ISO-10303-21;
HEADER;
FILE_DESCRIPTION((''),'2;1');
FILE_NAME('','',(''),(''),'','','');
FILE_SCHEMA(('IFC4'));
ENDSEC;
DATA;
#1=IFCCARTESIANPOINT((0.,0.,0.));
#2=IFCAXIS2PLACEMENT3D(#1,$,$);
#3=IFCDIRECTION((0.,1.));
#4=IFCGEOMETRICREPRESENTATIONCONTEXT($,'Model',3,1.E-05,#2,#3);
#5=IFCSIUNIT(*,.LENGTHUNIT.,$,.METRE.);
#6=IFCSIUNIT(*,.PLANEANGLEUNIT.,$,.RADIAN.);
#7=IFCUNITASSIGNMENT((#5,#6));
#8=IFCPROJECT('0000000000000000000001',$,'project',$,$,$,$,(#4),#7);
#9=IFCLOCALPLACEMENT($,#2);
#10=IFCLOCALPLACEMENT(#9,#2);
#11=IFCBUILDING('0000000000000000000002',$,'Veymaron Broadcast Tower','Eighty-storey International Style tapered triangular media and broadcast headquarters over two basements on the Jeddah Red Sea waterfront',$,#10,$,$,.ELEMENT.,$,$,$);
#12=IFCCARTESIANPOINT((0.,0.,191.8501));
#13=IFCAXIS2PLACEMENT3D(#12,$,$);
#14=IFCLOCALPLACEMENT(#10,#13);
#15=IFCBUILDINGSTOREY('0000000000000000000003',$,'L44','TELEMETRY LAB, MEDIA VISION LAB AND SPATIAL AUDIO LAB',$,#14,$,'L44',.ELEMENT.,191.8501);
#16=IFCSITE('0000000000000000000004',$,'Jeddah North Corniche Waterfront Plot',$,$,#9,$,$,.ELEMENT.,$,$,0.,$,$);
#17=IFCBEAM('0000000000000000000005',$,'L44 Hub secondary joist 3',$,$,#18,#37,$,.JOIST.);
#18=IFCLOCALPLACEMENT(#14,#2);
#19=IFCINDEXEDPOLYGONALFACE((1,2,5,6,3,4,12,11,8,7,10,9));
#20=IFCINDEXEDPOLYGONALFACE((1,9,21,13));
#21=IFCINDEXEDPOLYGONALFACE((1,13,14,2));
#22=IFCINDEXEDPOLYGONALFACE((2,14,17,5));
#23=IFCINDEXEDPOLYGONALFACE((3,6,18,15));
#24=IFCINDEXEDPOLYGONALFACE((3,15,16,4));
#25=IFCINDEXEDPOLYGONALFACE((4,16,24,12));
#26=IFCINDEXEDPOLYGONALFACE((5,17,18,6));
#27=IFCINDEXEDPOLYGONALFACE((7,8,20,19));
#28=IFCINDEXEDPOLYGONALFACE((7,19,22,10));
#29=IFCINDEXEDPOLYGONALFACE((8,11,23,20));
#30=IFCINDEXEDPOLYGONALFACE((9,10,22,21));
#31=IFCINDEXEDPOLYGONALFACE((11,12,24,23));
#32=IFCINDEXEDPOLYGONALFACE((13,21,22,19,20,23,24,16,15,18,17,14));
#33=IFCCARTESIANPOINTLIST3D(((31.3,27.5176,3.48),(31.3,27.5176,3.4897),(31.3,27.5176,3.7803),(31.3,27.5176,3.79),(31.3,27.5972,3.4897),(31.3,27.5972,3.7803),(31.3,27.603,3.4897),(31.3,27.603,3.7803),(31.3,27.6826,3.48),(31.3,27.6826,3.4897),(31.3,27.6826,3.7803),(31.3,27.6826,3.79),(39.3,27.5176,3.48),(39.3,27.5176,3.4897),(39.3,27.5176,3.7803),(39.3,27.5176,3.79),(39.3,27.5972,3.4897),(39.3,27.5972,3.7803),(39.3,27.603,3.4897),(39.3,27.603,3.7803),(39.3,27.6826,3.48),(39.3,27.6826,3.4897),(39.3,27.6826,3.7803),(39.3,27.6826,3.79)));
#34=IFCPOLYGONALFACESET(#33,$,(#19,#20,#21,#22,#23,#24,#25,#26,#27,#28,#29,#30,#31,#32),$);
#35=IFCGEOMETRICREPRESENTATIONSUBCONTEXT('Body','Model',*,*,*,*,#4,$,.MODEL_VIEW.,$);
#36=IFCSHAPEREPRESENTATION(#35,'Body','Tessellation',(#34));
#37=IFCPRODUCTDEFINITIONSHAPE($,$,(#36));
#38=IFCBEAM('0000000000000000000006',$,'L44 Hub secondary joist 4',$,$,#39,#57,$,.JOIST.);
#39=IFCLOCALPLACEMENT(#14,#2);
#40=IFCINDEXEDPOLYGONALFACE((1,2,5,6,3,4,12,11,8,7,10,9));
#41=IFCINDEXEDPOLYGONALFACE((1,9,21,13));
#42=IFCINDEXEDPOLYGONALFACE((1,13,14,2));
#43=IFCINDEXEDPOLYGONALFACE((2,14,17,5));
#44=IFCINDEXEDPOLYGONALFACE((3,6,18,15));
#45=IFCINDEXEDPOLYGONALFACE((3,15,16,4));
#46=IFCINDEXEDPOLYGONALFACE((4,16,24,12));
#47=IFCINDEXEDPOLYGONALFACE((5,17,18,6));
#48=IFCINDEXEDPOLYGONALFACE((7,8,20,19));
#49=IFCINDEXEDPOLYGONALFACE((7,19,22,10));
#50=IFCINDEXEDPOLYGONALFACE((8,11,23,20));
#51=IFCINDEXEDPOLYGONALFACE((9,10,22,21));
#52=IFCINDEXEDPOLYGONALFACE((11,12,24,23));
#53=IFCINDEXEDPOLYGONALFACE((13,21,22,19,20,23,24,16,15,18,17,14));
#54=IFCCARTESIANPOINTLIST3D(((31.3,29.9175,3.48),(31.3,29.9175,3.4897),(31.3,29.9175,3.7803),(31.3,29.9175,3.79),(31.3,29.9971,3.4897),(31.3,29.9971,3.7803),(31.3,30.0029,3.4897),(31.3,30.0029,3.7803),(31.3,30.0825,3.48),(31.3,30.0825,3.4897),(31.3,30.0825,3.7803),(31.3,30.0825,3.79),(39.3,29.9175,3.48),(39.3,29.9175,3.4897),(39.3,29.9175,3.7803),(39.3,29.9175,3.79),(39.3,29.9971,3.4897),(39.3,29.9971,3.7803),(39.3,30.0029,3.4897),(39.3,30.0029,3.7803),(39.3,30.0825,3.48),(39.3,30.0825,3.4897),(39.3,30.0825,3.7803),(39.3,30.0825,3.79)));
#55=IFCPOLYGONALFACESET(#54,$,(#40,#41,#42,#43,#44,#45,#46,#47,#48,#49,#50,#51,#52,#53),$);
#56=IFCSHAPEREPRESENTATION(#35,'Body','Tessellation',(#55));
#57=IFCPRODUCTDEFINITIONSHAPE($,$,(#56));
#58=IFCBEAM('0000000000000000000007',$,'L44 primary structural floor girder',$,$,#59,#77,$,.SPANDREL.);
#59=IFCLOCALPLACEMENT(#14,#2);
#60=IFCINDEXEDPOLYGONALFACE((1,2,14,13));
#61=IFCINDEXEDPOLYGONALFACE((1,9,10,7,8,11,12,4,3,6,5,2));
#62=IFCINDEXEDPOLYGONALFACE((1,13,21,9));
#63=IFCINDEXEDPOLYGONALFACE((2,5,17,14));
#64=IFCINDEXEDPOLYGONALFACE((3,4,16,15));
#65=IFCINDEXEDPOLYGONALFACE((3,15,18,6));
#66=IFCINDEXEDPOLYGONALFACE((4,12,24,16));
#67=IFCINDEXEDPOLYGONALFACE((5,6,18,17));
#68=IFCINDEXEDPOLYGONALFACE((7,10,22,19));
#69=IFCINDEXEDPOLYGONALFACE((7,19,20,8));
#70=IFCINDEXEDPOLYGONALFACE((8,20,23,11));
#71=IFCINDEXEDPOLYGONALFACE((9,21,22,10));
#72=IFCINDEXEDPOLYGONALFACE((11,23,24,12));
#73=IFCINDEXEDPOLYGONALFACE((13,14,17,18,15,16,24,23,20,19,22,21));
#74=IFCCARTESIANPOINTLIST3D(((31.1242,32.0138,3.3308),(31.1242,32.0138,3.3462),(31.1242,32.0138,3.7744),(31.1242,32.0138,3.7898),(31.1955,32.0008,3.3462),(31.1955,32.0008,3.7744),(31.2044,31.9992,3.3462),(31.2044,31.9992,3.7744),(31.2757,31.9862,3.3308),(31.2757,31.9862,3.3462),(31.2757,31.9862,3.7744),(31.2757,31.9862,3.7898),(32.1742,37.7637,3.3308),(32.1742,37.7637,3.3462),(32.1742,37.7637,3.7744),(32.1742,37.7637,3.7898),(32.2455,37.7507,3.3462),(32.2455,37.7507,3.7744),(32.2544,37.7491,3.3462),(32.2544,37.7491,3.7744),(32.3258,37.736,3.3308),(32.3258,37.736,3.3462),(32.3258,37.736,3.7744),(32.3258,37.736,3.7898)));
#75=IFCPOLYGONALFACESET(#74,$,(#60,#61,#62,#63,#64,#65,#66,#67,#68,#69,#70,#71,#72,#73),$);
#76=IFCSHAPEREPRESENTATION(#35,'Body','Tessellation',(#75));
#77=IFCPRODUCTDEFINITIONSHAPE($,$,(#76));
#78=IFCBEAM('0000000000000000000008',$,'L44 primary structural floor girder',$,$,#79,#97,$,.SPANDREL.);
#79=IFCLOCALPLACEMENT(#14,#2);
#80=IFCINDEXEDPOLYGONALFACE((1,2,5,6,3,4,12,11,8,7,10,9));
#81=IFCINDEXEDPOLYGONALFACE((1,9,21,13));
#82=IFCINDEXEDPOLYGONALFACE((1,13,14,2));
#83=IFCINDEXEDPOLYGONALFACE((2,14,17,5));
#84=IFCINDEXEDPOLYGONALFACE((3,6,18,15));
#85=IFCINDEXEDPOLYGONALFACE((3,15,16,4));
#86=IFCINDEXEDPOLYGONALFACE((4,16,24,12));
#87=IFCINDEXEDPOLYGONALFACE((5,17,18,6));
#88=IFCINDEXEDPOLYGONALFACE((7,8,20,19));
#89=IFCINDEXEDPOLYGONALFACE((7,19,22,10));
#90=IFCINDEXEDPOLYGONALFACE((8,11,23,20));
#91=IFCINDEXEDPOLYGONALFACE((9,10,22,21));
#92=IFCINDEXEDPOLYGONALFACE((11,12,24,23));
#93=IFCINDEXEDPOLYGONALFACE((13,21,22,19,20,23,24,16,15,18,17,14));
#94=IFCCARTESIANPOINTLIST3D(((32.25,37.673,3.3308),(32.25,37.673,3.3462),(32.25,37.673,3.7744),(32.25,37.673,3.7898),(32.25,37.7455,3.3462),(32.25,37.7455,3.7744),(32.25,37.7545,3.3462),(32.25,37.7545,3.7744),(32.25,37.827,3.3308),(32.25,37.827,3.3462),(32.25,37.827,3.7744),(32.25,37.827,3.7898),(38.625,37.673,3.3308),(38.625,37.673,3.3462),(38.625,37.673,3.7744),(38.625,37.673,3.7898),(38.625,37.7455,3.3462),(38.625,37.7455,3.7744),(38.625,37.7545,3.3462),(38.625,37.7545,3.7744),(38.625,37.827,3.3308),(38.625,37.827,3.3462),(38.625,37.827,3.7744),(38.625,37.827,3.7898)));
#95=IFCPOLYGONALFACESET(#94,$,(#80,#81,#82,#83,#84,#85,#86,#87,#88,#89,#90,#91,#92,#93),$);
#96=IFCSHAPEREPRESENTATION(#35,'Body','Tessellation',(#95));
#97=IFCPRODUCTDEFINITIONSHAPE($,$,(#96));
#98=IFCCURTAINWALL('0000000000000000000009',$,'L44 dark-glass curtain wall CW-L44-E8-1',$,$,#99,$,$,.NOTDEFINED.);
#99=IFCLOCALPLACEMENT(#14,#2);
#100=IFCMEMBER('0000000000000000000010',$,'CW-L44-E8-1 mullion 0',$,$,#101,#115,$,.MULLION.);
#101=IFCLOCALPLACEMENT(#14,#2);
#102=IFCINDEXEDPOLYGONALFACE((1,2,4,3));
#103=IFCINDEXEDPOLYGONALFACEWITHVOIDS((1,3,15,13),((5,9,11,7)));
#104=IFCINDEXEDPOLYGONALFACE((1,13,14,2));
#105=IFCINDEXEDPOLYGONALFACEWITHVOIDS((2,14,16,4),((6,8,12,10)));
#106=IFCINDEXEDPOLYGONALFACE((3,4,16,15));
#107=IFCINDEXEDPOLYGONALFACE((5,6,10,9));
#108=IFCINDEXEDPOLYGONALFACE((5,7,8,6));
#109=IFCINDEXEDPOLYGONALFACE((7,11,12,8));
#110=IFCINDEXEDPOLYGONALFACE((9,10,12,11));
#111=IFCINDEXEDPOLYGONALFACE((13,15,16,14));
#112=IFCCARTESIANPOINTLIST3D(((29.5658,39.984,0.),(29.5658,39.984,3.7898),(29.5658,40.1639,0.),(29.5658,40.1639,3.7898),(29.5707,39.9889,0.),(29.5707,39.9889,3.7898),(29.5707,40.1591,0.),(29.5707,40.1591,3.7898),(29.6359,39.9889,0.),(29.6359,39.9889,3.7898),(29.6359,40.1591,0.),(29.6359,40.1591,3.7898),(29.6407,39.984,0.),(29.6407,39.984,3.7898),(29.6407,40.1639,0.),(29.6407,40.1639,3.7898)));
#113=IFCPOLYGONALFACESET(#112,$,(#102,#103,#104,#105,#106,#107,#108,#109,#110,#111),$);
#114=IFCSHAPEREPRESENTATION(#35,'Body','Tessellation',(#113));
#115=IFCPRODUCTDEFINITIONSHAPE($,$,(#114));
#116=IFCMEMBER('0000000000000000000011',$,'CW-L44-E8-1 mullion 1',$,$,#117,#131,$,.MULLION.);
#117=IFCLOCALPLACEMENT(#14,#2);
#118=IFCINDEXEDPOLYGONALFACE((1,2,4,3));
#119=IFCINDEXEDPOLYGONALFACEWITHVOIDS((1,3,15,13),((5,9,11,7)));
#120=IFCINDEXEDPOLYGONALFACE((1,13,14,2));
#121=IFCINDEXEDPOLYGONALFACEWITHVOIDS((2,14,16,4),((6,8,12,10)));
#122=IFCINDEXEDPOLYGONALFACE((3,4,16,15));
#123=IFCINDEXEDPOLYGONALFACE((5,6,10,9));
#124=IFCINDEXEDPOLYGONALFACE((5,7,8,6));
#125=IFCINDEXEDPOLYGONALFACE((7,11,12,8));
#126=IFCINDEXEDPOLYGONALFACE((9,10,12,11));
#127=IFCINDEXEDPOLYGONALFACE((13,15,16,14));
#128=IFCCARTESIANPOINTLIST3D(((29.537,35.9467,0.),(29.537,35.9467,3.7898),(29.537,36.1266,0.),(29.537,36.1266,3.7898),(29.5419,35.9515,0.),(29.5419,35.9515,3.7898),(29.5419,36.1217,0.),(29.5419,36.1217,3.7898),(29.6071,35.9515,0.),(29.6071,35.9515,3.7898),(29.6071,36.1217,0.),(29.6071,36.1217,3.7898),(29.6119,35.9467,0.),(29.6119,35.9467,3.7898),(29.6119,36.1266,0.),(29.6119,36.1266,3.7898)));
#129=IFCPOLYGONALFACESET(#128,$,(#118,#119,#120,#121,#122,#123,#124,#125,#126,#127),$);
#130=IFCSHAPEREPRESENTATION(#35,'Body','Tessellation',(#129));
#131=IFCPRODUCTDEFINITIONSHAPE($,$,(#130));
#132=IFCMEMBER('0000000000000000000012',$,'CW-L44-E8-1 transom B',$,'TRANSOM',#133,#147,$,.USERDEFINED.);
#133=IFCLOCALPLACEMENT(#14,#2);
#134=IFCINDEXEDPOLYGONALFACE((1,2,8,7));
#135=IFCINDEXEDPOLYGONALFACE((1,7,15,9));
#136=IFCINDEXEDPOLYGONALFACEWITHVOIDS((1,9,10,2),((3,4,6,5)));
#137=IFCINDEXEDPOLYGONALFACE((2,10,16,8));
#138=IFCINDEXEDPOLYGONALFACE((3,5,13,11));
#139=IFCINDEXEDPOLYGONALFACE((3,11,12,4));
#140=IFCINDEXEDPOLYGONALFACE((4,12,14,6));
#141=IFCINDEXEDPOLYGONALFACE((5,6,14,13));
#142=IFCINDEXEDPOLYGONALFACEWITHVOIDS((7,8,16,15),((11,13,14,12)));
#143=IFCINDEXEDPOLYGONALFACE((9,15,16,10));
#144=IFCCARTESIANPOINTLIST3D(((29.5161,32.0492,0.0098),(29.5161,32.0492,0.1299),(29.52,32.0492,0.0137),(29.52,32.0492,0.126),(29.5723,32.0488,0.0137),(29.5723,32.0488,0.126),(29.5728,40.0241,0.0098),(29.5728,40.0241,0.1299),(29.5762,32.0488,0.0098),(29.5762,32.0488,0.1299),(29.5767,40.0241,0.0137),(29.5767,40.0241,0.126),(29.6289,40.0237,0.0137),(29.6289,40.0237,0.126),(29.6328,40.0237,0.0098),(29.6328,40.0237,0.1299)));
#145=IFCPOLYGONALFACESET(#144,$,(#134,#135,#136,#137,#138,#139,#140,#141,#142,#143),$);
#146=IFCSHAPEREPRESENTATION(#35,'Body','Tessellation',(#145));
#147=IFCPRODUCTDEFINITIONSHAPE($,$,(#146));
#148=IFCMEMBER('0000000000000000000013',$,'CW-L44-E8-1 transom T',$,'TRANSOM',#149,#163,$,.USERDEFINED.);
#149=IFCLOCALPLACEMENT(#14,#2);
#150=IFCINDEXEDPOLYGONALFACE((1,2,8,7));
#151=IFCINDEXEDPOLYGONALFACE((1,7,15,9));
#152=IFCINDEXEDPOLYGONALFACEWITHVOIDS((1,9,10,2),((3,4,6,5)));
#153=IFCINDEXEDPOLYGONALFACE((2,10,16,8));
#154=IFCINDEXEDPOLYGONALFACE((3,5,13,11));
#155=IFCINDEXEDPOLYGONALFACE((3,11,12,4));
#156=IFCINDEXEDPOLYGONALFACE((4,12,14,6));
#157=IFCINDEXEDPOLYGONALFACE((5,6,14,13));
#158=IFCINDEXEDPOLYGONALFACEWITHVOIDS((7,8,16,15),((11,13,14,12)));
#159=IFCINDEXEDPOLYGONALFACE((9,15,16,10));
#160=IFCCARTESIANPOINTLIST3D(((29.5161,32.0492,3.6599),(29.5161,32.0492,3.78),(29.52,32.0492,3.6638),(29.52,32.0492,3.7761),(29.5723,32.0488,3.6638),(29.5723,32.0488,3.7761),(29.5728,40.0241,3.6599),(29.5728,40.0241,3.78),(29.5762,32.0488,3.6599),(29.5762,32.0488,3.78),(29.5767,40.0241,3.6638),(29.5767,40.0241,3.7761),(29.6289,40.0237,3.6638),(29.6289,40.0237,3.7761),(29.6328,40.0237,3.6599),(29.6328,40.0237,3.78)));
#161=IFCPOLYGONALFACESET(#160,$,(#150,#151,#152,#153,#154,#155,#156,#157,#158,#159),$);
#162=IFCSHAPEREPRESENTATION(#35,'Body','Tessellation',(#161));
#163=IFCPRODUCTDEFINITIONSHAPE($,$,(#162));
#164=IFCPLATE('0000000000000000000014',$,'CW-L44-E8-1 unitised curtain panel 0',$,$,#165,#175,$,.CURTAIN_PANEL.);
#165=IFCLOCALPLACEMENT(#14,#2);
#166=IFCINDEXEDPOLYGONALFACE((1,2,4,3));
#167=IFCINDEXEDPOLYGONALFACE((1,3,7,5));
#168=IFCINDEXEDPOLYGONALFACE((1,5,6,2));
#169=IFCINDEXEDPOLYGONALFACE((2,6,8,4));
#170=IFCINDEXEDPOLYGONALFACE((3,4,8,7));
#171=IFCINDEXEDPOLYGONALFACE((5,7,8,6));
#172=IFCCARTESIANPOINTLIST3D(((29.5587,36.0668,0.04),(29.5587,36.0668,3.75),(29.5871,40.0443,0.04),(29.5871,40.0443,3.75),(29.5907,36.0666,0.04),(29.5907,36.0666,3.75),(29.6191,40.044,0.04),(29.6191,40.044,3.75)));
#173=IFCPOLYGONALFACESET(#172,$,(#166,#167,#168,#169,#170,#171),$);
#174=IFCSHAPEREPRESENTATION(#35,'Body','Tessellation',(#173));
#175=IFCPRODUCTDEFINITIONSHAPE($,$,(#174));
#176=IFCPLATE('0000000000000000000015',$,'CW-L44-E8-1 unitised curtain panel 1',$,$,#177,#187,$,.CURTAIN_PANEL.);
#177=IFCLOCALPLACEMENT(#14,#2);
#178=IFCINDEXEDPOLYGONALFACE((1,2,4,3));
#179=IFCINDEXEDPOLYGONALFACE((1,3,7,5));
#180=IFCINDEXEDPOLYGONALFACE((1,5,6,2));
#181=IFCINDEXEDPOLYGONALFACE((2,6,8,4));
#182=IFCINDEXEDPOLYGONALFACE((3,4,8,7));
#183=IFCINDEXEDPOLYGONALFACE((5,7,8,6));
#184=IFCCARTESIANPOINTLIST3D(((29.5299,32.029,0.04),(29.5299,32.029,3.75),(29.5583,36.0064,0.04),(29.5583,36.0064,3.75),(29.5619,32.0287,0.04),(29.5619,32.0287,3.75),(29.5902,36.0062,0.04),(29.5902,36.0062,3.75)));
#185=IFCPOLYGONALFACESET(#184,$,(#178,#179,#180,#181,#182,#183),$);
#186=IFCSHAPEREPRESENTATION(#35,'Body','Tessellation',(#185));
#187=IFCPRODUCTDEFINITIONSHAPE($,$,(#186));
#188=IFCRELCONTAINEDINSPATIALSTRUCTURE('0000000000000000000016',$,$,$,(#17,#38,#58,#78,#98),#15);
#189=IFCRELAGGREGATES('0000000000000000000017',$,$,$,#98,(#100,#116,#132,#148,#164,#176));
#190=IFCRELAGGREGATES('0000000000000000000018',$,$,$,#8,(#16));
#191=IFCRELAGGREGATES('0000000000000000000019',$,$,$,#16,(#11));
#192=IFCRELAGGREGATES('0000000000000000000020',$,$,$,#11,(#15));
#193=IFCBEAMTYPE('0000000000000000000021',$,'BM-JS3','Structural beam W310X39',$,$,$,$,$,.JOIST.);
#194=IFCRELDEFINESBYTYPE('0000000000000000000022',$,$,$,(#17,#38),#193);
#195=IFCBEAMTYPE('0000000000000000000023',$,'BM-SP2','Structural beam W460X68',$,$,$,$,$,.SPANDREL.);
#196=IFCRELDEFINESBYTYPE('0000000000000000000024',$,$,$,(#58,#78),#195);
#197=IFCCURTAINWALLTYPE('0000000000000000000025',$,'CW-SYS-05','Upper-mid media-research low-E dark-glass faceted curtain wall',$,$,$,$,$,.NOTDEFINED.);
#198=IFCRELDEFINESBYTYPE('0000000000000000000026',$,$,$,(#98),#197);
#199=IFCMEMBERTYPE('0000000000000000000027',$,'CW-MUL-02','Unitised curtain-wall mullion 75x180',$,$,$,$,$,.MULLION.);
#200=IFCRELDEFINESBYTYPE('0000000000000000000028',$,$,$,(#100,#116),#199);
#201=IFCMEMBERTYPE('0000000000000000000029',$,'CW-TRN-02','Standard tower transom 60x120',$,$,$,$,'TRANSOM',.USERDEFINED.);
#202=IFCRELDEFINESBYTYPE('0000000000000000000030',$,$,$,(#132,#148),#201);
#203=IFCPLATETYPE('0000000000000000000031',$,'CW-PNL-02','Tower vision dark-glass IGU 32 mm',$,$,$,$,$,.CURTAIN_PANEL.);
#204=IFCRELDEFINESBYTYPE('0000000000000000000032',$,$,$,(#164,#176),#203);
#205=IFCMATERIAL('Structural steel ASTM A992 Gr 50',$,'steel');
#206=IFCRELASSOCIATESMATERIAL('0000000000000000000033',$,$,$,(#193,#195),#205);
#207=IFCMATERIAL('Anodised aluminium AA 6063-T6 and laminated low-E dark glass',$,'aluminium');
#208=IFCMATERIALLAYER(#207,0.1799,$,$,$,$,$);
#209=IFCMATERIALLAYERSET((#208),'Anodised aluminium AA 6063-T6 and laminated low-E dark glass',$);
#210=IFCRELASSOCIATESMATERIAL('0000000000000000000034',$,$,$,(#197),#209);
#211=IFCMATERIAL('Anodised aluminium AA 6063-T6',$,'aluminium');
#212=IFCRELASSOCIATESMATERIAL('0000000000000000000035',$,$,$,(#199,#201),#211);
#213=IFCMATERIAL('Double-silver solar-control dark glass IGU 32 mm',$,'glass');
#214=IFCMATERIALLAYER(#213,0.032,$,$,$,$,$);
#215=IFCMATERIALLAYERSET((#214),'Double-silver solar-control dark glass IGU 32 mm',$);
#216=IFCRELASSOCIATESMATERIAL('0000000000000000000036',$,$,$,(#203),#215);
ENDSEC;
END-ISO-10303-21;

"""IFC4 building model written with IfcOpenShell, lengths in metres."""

from ifc_helpers import new_model, si_unit, direction, frame, origin, origin_2d, place, context, subcontext, project, spatial, rectangle, hollow_rectangle, i_section, extrude, material, layer, layer_set, material_profile, profile_set, type_object, element, aggregate, save


model = new_model("IFC4")

# Units and contexts
model_context = context("Model", 3, precision=1e-05, world=origin(), true_north=direction((0.0, 1.0)))
body_context = subcontext(model_context, "Body", "Model", "MODEL_VIEW")
ifc_project = project(units=[si_unit("LENGTHUNIT", "METRE"), si_unit("PLANEANGLEUNIT", "RADIAN")], contexts=[model_context])

# Site, building, storey
site_placement = place(None, origin())
site = spatial("IfcSite", under=ifc_project, at=site_placement, Name="Jeddah North Corniche Waterfront Plot", CompositionType="ELEMENT", RefElevation=0.0)
building_placement = place(site_placement, origin())
building = spatial("IfcBuilding", under=site, at=building_placement, Name="Veymaron Broadcast Tower", Description="Eighty-storey International Style tapered triangular media and broadcast headquarters over two basements on the Jeddah Red Sea waterfront", CompositionType="ELEMENT")
storey_placement = place(building_placement, frame((0.0, 0.0, 191.8501)))
storey = spatial("IfcBuildingStorey", under=building, at=storey_placement, Name="L44", Description="TELEMETRY LAB, MEDIA VISION LAB AND SPATIAL AUDIO LAB", LongName="L44", CompositionType="ELEMENT", Elevation=191.8501)

# Shared definitions
ifc_material_1 = material(Name="Structural steel ASTM A992 Gr 50", Category="steel")

# Beams
ifc_material_profile_1 = material_profile(ifc_material_1, i_section(OverallWidth=0.165, OverallDepth=0.3101, WebThickness=0.0059, FlangeThickness=0.0098, at=origin_2d()), Name="W310X39")
ifc_profile_set_1 = profile_set([ifc_material_profile_1], Name="Structural steel ASTM A992 Gr 50")
beam_type_1 = type_object("IfcBeamType", Name="BM-JS3", Description="Structural beam W310X39", PredefinedType="JOIST", material=ifc_profile_set_1)
for number, where, z_axis, x_axis, name in (
    (1, (31.3, 27.6001, 3.635), (1.0, 0.0, 0.0), (0.0, 1.0, 0.0), "L44 Hub secondary joist 3"),
    (2, (31.3, 30.0, 3.635), (1.0, 0.0, 0.0), (0.0, 1.0, 0.0), "L44 Hub secondary joist 4"),
):
    element("IfcBeam", number, at=place(storey_placement, frame(where, z_axis=z_axis, x_axis=x_axis)), inside=storey, type_object=beam_type_1, Name=name, PredefinedType="JOIST", context=body_context, shape_type="SweptSolid", body=[
        extrude(i_section(OverallWidth=0.165, OverallDepth=0.3101, WebThickness=0.0059, FlangeThickness=0.0098, at=origin_2d()), origin(), (0.0, 0.0, 1.0), 8.0),
    ])
ifc_material_profile_2 = material_profile(ifc_material_1, i_section(OverallWidth=0.1541, OverallDepth=0.459, WebThickness=0.009, FlangeThickness=0.0154, at=origin_2d()), Name="W460X68")
ifc_profile_set_2 = profile_set([ifc_material_profile_2], Name="Structural steel ASTM A992 Gr 50")
beam_type_2 = type_object("IfcBeamType", Name="BM-SP2", Description="Structural beam W460X68", PredefinedType="SPANDREL", material=ifc_profile_set_2)
beam_1_placement = place(storey_placement, frame((31.2, 32.0, 3.5603), z_axis=(0.179646, 0.983731, 0.0), x_axis=(-0.983731, 0.179646, 0.0)))
element("IfcBeam", 3, at=beam_1_placement, inside=storey, type_object=beam_type_2, Name="L44 primary structural floor girder", PredefinedType="SPANDREL", context=body_context, shape_type="SweptSolid", body=[
    extrude(i_section(OverallWidth=0.1541, OverallDepth=0.459, WebThickness=0.009, FlangeThickness=0.0154, at=origin_2d()), origin(), (0.0, 0.0, 1.0), 5.845),
])
beam_2_placement = place(storey_placement, frame((32.25, 37.75, 3.5603), z_axis=(1.0, 0.0, 0.0), x_axis=(0.0, 1.0, 0.0)))
element("IfcBeam", 4, at=beam_2_placement, inside=storey, type_object=beam_type_2, Name="L44 primary structural floor girder", PredefinedType="SPANDREL", context=body_context, shape_type="SweptSolid", body=[
    extrude(i_section(OverallWidth=0.1541, OverallDepth=0.459, WebThickness=0.009, FlangeThickness=0.0154, at=origin_2d()), origin(), (0.0, 0.0, 1.0), 6.375),
])

# Curtain wall, members, plates
ifc_material_2 = material(Name="Anodised aluminium AA 6063-T6 and laminated low-E dark glass", Category="aluminium")
ifc_layer_1 = layer(ifc_material_2, 0.1799)
ifc_layer_set_1 = layer_set([ifc_layer_1], Name="Anodised aluminium AA 6063-T6 and laminated low-E dark glass")
curtain_wall_type = type_object("IfcCurtainWallType", Name="CW-SYS-05", Description="Upper-mid media-research low-E dark-glass faceted curtain wall", PredefinedType="NOTDEFINED", material=ifc_layer_set_1)
curtain_wall_placement = place(storey_placement, origin())
curtain_wall = element("IfcCurtainWall", 5, at=curtain_wall_placement, inside=storey, type_object=curtain_wall_type, Name="L44 dark-glass curtain wall CW-L44-E8-1", PredefinedType="NOTDEFINED")
ifc_material_3 = material(Name="Anodised aluminium AA 6063-T6", Category="aluminium")
ifc_material_profile_3 = material_profile(ifc_material_3, hollow_rectangle(XDim=0.075, YDim=0.1799, WallThickness=0.0049, at=origin_2d()), Name="AL180X75X5")
ifc_profile_set_3 = profile_set([ifc_material_profile_3], Name="Anodised aluminium AA 6063-T6")
member_type_1 = type_object("IfcMemberType", Name="CW-MUL-02", Description="Unitised curtain-wall mullion 75x180", PredefinedType="MULLION", material=ifc_profile_set_3)
member_1_placement = place(storey_placement, frame((29.6033, 40.074, 0.0), z_axis=(0.0, 0.0, 1.0), x_axis=(1.0, 0.0, 0.0)))
member_1 = element("IfcMember", 6, at=member_1_placement, type_object=member_type_1, Name="CW-L44-E8-1 mullion 0", PredefinedType="MULLION", context=body_context, shape_type="SweptSolid", body=[
    extrude(hollow_rectangle(XDim=0.075, YDim=0.1799, WallThickness=0.0049, at=origin_2d()), origin(), (0.0, 0.0, 1.0), 3.7898),
])
member_2_placement = place(storey_placement, frame((29.5745, 36.0366, 0.0), z_axis=(0.0, 0.0, 1.0), x_axis=(1.0, 0.0, 0.0)))
member_2 = element("IfcMember", 7, at=member_2_placement, type_object=member_type_1, Name="CW-L44-E8-1 mullion 1", PredefinedType="MULLION", context=body_context, shape_type="SweptSolid", body=[
    extrude(hollow_rectangle(XDim=0.075, YDim=0.1799, WallThickness=0.0049, at=origin_2d()), origin(), (0.0, 0.0, 1.0), 3.7898),
])
ifc_material_profile_4 = material_profile(ifc_material_3, hollow_rectangle(XDim=0.0601, YDim=0.1201, WallThickness=0.0039, at=origin_2d()), Name="AL120X60X4")
ifc_profile_set_4 = profile_set([ifc_material_profile_4], Name="Anodised aluminium AA 6063-T6")
member_type_2 = type_object("IfcMemberType", Name="CW-TRN-02", Description="Standard tower transom 60x120", ElementType="TRANSOM", PredefinedType="USERDEFINED", material=ifc_profile_set_4)
member_3_placement = place(storey_placement, frame((29.6028, 40.0239, 0.0698), z_axis=(-0.007102, -0.999975, 0.0), x_axis=(0.999975, -0.007102, 0.0)))
member_3 = element("IfcMember", 8, at=member_3_placement, type_object=member_type_2, Name="CW-L44-E8-1 transom B", ObjectType="TRANSOM", PredefinedType="USERDEFINED", context=body_context, shape_type="SweptSolid", body=[
    extrude(hollow_rectangle(XDim=0.0601, YDim=0.1201, WallThickness=0.0039, at=origin_2d()), origin(), (0.0, 0.0, 1.0), 7.9751),
])
member_4_placement = place(storey_placement, frame((29.6028, 40.0239, 3.72), z_axis=(-0.007102, -0.999975, 0.0), x_axis=(0.999975, -0.007102, 0.0)))
member_4 = element("IfcMember", 9, at=member_4_placement, type_object=member_type_2, Name="CW-L44-E8-1 transom T", ObjectType="TRANSOM", PredefinedType="USERDEFINED", context=body_context, shape_type="SweptSolid", body=[
    extrude(hollow_rectangle(XDim=0.0601, YDim=0.1201, WallThickness=0.0039, at=origin_2d()), origin(), (0.0, 0.0, 1.0), 7.9751),
])
ifc_material_4 = material(Name="Double-silver solar-control dark glass IGU 32 mm", Category="glass")
ifc_layer_2 = layer(ifc_material_4, 0.032)
ifc_layer_set_2 = layer_set([ifc_layer_2], Name="Double-silver solar-control dark glass IGU 32 mm")
plate_type = type_object("IfcPlateType", Name="CW-PNL-02", Description="Tower vision dark-glass IGU 32 mm", PredefinedType="CURTAIN_PANEL", material=ifc_layer_set_2)
plate_1_placement = place(storey_placement, frame((29.5889, 38.0554, 0.04), z_axis=(0.0, 0.0, 1.0), x_axis=(-0.007138, -0.999975, 0.0)))
plate_1 = element("IfcPlate", 10, at=plate_1_placement, type_object=plate_type, Name="CW-L44-E8-1 unitised curtain panel 0", PredefinedType="CURTAIN_PANEL", context=body_context, shape_type="SweptSolid", body=[
    extrude(rectangle(XDim=3.9775, YDim=0.032, at=origin_2d()), origin(), (0.0, 0.0, 1.0), 3.71),
])
plate_2_placement = place(storey_placement, frame((29.5601, 34.0176, 0.04), z_axis=(0.0, 0.0, 1.0), x_axis=(-0.007138, -0.999975, 0.0)))
plate_2 = element("IfcPlate", 11, at=plate_2_placement, type_object=plate_type, Name="CW-L44-E8-1 unitised curtain panel 1", PredefinedType="CURTAIN_PANEL", context=body_context, shape_type="SweptSolid", body=[
    extrude(rectangle(XDim=3.9775, YDim=0.032, at=origin_2d()), origin(), (0.0, 0.0, 1.0), 3.71),
])
aggregate(curtain_wall, [member_1, member_2, member_3, member_4, plate_1, plate_2])

save(model, "model.ifc")
